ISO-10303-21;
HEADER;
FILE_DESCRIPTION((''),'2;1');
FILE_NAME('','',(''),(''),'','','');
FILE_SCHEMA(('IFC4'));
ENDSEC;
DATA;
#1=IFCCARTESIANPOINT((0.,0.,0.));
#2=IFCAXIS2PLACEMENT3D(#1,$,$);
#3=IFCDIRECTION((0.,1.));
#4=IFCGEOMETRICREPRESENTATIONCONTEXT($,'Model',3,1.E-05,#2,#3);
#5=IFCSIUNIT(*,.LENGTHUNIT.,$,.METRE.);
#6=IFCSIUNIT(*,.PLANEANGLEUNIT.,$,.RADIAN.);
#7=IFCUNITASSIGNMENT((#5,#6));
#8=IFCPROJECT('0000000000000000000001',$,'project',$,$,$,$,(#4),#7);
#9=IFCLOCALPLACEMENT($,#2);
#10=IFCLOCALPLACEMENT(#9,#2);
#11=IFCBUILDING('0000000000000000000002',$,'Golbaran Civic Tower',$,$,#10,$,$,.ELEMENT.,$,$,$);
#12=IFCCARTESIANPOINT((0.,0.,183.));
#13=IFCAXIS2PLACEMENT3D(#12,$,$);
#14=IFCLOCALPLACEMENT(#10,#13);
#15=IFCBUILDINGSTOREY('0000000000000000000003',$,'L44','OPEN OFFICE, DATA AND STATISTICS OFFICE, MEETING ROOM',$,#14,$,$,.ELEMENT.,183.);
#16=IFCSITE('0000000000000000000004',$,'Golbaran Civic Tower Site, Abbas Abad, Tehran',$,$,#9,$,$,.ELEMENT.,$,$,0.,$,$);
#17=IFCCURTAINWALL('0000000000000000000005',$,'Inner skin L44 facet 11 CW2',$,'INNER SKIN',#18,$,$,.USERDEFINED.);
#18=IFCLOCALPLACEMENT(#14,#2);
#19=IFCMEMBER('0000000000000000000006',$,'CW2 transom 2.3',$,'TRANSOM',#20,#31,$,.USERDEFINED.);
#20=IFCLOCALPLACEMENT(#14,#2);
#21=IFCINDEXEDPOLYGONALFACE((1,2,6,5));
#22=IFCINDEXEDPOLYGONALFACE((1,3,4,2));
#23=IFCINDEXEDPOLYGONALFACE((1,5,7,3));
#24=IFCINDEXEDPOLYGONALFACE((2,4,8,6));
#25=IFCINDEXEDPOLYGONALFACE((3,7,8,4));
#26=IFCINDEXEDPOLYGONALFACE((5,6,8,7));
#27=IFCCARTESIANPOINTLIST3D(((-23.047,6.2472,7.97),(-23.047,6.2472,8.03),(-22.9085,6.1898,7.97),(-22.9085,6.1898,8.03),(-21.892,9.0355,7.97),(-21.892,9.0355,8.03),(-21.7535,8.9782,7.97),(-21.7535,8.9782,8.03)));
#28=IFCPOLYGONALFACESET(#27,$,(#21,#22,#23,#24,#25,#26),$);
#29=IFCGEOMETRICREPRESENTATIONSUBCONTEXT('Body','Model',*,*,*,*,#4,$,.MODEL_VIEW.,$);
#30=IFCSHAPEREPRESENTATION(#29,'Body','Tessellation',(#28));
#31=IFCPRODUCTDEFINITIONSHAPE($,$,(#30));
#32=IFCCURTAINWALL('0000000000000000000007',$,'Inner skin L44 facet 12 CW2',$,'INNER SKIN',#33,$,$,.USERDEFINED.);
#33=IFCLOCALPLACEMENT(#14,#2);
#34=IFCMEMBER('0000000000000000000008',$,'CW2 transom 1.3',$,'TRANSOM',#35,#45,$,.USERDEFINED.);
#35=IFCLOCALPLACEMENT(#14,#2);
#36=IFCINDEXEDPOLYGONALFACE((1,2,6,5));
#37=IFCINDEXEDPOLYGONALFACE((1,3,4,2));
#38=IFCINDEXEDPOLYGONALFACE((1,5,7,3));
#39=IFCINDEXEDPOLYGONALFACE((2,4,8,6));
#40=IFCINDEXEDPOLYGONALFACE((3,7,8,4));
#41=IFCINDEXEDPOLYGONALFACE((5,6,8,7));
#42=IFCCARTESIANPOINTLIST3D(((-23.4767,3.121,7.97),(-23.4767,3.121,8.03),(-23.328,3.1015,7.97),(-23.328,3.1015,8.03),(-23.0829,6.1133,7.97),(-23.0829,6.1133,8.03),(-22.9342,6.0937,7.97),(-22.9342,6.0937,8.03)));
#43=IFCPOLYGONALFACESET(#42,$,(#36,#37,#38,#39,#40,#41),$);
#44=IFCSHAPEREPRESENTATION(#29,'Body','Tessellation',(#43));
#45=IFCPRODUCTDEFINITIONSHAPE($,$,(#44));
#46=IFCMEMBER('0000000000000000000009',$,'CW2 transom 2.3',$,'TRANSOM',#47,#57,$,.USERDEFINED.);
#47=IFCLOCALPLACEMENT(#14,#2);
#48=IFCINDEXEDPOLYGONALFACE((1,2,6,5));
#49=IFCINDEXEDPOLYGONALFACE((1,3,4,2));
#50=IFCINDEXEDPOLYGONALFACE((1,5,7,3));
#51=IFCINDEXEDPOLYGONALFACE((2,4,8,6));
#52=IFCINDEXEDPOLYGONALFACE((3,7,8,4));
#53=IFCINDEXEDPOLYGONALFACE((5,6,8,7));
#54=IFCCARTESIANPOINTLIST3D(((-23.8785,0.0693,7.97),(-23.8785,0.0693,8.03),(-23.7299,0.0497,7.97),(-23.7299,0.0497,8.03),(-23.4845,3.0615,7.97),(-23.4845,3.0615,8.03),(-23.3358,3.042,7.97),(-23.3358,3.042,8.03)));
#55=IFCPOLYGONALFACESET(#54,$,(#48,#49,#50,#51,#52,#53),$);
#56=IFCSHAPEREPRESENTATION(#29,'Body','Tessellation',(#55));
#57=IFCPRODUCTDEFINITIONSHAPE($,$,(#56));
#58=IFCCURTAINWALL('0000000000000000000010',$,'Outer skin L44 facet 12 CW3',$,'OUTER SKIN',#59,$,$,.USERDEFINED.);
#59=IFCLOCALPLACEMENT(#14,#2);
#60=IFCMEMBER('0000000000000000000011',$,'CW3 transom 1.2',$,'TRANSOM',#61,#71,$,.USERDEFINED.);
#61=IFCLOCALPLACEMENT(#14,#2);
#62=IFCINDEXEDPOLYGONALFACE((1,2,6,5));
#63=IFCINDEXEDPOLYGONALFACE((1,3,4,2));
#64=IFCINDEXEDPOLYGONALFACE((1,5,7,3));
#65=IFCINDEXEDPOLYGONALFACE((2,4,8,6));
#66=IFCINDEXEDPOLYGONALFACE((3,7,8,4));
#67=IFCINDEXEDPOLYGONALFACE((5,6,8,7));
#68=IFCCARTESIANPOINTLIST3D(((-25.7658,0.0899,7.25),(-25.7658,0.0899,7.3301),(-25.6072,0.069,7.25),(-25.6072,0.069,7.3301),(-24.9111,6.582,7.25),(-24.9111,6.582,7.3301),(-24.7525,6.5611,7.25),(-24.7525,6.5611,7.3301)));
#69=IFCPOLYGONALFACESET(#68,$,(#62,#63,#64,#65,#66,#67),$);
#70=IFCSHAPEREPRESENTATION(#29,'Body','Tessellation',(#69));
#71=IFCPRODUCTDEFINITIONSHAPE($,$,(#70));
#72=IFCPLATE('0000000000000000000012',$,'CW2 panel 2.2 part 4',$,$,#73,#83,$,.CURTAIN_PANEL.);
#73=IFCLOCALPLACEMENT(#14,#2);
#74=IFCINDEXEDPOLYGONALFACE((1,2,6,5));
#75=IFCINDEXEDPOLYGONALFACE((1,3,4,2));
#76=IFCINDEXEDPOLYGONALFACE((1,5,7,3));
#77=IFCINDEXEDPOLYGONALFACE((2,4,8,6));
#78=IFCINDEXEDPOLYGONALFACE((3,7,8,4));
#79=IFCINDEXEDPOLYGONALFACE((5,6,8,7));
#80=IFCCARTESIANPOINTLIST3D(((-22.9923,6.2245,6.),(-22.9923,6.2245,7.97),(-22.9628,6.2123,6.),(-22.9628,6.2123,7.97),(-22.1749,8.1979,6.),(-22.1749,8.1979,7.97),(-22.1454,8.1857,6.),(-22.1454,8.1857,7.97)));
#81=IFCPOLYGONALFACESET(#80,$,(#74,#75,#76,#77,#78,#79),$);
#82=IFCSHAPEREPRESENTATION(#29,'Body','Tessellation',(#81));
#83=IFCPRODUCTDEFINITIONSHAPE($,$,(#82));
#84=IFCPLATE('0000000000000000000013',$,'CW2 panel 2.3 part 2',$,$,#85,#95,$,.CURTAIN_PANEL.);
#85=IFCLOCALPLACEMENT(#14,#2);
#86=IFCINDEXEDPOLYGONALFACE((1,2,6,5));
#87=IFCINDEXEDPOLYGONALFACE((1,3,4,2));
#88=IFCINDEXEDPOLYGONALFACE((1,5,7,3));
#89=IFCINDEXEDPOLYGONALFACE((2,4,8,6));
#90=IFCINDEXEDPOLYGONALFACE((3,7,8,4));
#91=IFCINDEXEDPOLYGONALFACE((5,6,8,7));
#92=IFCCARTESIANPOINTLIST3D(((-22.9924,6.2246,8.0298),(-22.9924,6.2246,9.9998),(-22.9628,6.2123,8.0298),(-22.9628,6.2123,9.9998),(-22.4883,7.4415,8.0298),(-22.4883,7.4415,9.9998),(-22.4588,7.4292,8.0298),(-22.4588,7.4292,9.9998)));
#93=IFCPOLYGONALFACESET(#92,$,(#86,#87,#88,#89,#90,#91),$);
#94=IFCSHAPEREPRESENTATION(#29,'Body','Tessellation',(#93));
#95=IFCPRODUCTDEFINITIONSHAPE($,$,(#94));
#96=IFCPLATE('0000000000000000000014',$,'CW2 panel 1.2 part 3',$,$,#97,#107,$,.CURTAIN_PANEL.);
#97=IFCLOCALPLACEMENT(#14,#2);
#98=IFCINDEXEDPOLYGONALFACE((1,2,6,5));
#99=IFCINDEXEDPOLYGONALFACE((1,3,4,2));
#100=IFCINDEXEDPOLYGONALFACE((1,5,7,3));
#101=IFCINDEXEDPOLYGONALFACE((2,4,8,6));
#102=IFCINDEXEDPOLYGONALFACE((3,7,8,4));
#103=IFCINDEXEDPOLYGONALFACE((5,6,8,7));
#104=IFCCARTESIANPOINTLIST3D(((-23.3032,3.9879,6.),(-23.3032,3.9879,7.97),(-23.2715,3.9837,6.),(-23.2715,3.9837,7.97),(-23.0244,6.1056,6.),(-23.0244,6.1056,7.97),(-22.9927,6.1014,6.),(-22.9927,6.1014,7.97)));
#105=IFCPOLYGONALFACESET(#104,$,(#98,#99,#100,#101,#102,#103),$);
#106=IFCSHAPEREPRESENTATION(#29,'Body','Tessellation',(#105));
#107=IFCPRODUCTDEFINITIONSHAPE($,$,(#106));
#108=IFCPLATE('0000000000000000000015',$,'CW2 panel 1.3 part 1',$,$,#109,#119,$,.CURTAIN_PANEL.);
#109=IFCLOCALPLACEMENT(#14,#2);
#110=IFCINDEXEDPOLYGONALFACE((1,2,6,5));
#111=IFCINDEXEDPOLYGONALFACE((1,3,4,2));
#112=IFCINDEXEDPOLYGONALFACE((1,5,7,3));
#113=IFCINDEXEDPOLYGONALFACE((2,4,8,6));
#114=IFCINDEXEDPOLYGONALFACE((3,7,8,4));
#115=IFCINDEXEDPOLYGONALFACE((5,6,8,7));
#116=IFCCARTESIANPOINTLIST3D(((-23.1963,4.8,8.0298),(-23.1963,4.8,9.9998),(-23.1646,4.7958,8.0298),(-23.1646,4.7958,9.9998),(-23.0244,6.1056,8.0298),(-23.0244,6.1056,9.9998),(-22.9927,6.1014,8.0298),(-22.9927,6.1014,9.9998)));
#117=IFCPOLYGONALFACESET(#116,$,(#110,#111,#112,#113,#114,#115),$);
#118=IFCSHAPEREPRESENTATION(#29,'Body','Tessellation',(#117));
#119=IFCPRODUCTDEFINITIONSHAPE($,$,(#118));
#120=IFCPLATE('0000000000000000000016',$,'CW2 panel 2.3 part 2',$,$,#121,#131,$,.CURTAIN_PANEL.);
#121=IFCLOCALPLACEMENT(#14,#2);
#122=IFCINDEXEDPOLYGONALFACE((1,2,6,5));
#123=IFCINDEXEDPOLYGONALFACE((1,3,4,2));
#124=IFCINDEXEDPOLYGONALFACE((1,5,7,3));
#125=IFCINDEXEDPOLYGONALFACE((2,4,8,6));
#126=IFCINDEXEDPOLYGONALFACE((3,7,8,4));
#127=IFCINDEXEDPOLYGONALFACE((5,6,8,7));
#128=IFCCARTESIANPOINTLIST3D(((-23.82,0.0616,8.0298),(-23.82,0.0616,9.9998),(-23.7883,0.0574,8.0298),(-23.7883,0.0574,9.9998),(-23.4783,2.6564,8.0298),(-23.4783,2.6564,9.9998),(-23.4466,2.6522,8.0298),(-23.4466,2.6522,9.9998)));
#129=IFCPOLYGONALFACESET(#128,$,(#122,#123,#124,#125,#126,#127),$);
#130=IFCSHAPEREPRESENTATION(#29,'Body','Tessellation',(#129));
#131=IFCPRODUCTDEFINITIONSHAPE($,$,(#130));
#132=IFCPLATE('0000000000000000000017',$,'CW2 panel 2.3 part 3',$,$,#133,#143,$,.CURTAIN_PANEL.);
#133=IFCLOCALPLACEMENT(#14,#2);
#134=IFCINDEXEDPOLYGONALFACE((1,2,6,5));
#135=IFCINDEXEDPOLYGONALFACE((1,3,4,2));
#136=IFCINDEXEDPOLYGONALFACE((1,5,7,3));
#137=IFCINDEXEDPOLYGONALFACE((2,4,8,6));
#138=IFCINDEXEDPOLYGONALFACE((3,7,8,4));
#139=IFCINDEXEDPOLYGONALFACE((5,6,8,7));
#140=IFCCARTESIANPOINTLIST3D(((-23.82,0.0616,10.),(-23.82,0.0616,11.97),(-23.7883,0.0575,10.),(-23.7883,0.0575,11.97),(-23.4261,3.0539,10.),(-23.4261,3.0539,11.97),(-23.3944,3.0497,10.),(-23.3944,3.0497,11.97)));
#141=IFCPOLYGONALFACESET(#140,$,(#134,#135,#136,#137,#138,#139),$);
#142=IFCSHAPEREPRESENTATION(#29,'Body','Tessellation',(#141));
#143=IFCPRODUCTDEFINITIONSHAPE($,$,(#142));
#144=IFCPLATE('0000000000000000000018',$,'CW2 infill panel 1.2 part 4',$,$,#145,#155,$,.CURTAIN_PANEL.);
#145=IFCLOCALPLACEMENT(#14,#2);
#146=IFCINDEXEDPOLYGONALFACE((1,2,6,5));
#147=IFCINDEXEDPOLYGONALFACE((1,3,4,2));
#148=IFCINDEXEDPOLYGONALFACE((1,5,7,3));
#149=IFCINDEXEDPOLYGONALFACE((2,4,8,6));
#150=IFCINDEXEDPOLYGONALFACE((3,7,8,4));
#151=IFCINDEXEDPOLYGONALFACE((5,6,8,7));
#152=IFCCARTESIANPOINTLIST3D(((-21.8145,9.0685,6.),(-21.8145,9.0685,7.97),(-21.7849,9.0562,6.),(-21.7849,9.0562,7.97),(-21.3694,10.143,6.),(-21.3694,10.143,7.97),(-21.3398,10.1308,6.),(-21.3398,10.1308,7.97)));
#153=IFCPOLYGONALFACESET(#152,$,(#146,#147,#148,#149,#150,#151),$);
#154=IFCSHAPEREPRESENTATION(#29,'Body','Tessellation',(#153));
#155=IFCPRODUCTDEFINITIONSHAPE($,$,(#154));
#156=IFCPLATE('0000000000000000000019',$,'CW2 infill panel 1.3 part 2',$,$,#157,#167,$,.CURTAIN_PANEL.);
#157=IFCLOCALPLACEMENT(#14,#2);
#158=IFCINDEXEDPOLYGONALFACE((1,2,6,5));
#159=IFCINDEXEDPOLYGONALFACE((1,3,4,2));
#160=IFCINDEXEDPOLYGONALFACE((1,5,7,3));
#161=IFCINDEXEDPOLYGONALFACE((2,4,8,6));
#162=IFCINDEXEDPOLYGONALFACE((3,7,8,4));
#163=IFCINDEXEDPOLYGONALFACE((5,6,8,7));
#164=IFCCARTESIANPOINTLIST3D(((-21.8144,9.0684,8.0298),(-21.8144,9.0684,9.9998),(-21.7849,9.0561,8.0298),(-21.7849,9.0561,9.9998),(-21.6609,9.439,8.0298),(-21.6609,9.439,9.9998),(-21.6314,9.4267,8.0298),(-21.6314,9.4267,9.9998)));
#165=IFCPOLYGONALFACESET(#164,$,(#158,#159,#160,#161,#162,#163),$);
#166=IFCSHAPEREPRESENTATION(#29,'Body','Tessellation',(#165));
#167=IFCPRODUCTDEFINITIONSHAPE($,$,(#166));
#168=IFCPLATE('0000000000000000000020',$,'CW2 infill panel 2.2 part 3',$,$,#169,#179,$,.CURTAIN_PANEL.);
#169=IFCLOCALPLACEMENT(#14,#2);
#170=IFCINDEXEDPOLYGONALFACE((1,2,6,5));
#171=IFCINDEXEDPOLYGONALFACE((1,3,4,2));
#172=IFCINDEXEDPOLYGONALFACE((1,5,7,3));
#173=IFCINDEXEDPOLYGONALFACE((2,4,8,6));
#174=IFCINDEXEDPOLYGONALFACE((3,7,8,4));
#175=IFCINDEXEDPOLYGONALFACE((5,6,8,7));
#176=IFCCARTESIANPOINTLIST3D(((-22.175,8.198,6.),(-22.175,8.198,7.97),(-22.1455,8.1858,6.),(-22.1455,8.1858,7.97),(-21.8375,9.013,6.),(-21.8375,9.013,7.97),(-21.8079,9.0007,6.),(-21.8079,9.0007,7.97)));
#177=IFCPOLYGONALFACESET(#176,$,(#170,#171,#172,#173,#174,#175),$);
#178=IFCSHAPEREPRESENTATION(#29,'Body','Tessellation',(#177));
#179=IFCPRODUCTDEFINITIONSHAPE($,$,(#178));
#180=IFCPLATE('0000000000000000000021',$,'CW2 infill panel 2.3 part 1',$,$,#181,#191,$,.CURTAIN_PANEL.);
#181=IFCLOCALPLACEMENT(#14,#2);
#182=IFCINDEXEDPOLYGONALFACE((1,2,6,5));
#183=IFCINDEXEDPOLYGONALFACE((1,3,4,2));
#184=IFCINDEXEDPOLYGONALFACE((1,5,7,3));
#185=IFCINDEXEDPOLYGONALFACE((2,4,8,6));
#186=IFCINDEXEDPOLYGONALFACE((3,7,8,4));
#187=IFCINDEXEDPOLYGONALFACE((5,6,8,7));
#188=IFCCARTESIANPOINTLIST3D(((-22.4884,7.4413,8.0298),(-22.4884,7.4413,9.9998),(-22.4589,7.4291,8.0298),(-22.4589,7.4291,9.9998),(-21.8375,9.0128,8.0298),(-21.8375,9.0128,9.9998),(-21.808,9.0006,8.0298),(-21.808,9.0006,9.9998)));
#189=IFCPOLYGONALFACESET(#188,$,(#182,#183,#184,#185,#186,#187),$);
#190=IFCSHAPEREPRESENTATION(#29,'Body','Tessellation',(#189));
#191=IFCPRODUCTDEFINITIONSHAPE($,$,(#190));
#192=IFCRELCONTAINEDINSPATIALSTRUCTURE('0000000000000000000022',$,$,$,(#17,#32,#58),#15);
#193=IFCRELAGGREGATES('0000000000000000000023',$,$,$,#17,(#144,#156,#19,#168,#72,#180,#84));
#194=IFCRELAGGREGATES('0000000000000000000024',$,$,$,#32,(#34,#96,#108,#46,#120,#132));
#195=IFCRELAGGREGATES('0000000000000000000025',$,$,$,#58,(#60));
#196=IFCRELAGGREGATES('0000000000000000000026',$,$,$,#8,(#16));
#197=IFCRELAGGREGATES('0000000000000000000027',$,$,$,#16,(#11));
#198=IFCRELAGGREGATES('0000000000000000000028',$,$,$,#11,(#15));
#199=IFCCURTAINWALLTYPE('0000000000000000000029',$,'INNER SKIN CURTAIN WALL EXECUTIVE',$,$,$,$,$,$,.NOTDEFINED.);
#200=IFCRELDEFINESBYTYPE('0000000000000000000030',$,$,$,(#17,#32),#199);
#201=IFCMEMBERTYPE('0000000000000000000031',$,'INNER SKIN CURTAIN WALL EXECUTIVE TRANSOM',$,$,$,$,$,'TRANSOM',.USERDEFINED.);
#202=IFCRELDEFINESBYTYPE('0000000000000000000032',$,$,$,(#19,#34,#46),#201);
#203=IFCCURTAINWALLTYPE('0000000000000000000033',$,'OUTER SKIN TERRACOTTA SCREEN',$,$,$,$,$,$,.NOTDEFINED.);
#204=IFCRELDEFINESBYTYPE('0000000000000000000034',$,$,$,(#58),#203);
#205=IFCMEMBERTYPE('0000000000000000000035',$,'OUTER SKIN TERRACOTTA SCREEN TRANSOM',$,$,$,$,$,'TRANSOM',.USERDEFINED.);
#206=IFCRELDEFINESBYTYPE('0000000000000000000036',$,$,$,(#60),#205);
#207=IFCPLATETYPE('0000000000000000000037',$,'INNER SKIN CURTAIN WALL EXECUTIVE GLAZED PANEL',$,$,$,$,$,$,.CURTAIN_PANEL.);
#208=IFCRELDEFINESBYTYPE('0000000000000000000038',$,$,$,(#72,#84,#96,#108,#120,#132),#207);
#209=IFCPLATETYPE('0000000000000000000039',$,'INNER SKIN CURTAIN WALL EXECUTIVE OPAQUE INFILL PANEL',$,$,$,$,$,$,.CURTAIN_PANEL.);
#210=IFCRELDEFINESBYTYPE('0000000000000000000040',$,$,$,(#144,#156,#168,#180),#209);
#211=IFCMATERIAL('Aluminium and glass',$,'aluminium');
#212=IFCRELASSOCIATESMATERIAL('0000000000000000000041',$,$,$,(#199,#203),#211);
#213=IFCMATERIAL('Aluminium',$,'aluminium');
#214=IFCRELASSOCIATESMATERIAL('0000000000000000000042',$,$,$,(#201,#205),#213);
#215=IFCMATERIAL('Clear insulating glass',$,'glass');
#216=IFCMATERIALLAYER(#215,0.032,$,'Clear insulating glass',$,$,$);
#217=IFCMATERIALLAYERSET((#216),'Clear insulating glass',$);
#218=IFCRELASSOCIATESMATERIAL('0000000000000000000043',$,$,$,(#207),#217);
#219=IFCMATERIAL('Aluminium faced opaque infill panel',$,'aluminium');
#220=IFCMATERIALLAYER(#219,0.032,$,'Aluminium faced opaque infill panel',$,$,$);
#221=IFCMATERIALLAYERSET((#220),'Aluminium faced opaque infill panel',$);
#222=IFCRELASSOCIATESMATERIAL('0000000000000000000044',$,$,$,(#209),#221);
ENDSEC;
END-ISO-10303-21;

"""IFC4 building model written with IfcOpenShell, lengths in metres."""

from ifc_helpers import new_model, si_unit, direction, frame, origin, origin_2d, place, context, subcontext, project, spatial, rectangle, extrude, material, layer, layer_set, material_profile, profile_set, type_object, element, aggregate, save


model = new_model("IFC4")

# Units and contexts
model_context = context("Model", 3, precision=1e-05, world=origin(), true_north=direction((0.0, 1.0)))
body_context = subcontext(model_context, "Body", "Model", "MODEL_VIEW")
ifc_project = project(units=[si_unit("LENGTHUNIT", "METRE"), si_unit("PLANEANGLEUNIT", "RADIAN")], contexts=[model_context])

# Site, building, storey
site_placement = place(None, origin())
site = spatial("IfcSite", under=ifc_project, at=site_placement, Name="Golbaran Civic Tower Site, Abbas Abad, Tehran", CompositionType="ELEMENT", RefElevation=0.0)
building_placement = place(site_placement, origin())
building = spatial("IfcBuilding", under=site, at=building_placement, Name="Golbaran Civic Tower", CompositionType="ELEMENT")
storey_placement = place(building_placement, frame((0.0, 0.0, 183.0)))
storey = spatial("IfcBuildingStorey", under=building, at=storey_placement, Name="L44", Description="OPEN OFFICE, DATA AND STATISTICS OFFICE, MEETING ROOM", CompositionType="ELEMENT", Elevation=183.0)

# Curtain wall, member
ifc_material_1 = material(Name="Aluminium and glass", Category="aluminium")
curtain_wall_type_1 = type_object("IfcCurtainWallType", Name="INNER SKIN CURTAIN WALL EXECUTIVE", PredefinedType="NOTDEFINED", material=ifc_material_1)
curtain_wall_1_placement = place(storey_placement, origin())
curtain_wall_1 = element("IfcCurtainWall", 1, at=curtain_wall_1_placement, inside=storey, type_object=curtain_wall_type_1, Name="Inner skin L44 facet 11 CW2", ObjectType="INNER SKIN", PredefinedType="USERDEFINED")
ifc_material_2 = material(Name="Aluminium", Category="aluminium")
ifc_material_profile_1 = material_profile(ifc_material_2, rectangle(XDim=0.1499, YDim=0.0601, at=origin_2d()), Name="INNER SKIN CURTAIN WALL EXECUTIVE TRANSOM")
ifc_profile_set_1 = profile_set([ifc_material_profile_1], Name="Aluminium")
member_type_1 = type_object("IfcMemberType", Name="INNER SKIN CURTAIN WALL EXECUTIVE TRANSOM", ElementType="TRANSOM", PredefinedType="USERDEFINED", material=ifc_profile_set_1)
member_1_placement = place(storey_placement, frame((-21.8228, 9.0068, 8.0), z_axis=(-0.382702, -0.923872, 0.0), x_axis=(0.923872, -0.382702, 0.0)))
member_1 = element("IfcMember", 2, at=member_1_placement, type_object=member_type_1, Name="CW2 transom 2.3", ObjectType="TRANSOM", PredefinedType="USERDEFINED", context=body_context, shape_type="SweptSolid", body=[
    extrude(rectangle(XDim=0.1499, YDim=0.0601, at=origin_2d()), origin(), (0.0, 0.0, 1.0), 3.0181),
])

# Curtain wall, members
curtain_wall_2_placement = place(storey_placement, origin())
curtain_wall_2 = element("IfcCurtainWall", 3, at=curtain_wall_2_placement, inside=storey, type_object=curtain_wall_type_1, Name="Inner skin L44 facet 12 CW2", ObjectType="INNER SKIN", PredefinedType="USERDEFINED")
member_2_placement = place(storey_placement, frame((-23.0085, 6.1035, 8.0), z_axis=(-0.130484, -0.99145, 0.0), x_axis=(0.99145, -0.130484, 0.0)))
member_2 = element("IfcMember", 4, at=member_2_placement, type_object=member_type_1, Name="CW2 transom 1.3", ObjectType="TRANSOM", PredefinedType="USERDEFINED", context=body_context, shape_type="SweptSolid", body=[
    extrude(rectangle(XDim=0.1499, YDim=0.0601, at=origin_2d()), origin(), (0.0, 0.0, 1.0), 3.0181),
])
member_3_placement = place(storey_placement, frame((-23.4102, 3.0518, 8.0), z_axis=(-0.130563, -0.99144, 0.0), x_axis=(0.99144, -0.130563, 0.0)))
member_3 = element("IfcMember", 5, at=member_3_placement, type_object=member_type_1, Name="CW2 transom 2.3", ObjectType="TRANSOM", PredefinedType="USERDEFINED", context=body_context, shape_type="SweptSolid", body=[
    extrude(rectangle(XDim=0.1499, YDim=0.0601, at=origin_2d()), origin(), (0.0, 0.0, 1.0), 3.0181),
])

# Curtain wall, member
curtain_wall_type_2 = type_object("IfcCurtainWallType", Name="OUTER SKIN TERRACOTTA SCREEN", PredefinedType="NOTDEFINED", material=ifc_material_1)
curtain_wall_3_placement = place(storey_placement, origin())
curtain_wall_3 = element("IfcCurtainWall", 6, at=curtain_wall_3_placement, inside=storey, type_object=curtain_wall_type_2, Name="Outer skin L44 facet 12 CW3", ObjectType="OUTER SKIN", PredefinedType="USERDEFINED")
ifc_material_profile_2 = material_profile(ifc_material_2, rectangle(XDim=0.1599, YDim=0.0801, at=origin_2d()), Name="OUTER SKIN TERRACOTTA SCREEN TRANSOM")
ifc_profile_set_2 = profile_set([ifc_material_profile_2], Name="Aluminium")
member_type_2 = type_object("IfcMemberType", Name="OUTER SKIN TERRACOTTA SCREEN TRANSOM", ElementType="TRANSOM", PredefinedType="USERDEFINED", material=ifc_profile_set_2)
member_4_placement = place(storey_placement, frame((-24.8318, 6.5715, 7.29), z_axis=(-0.13053, -0.991444, 0.0), x_axis=(0.991444, -0.13053, 0.0)))
member_4 = element("IfcMember", 7, at=member_4_placement, type_object=member_type_2, Name="CW3 transom 1.2", ObjectType="TRANSOM", PredefinedType="USERDEFINED", context=body_context, shape_type="SweptSolid", body=[
    extrude(rectangle(XDim=0.1599, YDim=0.0801, at=origin_2d()), origin(), (0.0, 0.0, 1.0), 6.5481),
])

# Plates
ifc_material_3 = material(Name="Clear insulating glass", Category="glass")
ifc_layer_1 = layer(ifc_material_3, 0.032, Name="Clear insulating glass")
ifc_layer_set_1 = layer_set([ifc_layer_1], Name="Clear insulating glass")
plate_type_1 = type_object("IfcPlateType", Name="INNER SKIN CURTAIN WALL EXECUTIVE GLAZED PANEL", PredefinedType="CURTAIN_PANEL", material=ifc_layer_set_1)
plate_1_placement = place(storey_placement, frame((-22.5688, 7.2051, 6.0), z_axis=(0.0, 0.0, 1.0), x_axis=(-0.382683, -0.92388, 0.0)))
plate_1 = element("IfcPlate", 8, at=plate_1_placement, type_object=plate_type_1, Name="CW2 panel 2.2 part 4", PredefinedType="CURTAIN_PANEL", context=body_context, shape_type="SweptSolid", body=[
    extrude(rectangle(XDim=2.136, YDim=0.032, at=origin_2d()), origin(), (0.0, 0.0, 1.0), 1.97),
])
plate_2_placement = place(storey_placement, frame((-22.7256, 6.8269, 8.0298), z_axis=(0.0, 0.0, 1.0), x_axis=(-0.382683, -0.92388, 0.0)))
plate_2 = element("IfcPlate", 9, at=plate_2_placement, type_object=plate_type_1, Name="CW2 panel 2.3 part 2", PredefinedType="CURTAIN_PANEL", context=body_context, shape_type="SweptSolid", body=[
    extrude(rectangle(XDim=1.3171, YDim=0.032, at=origin_2d()), origin(), (0.0, 0.0, 1.0), 1.97),
])
plate_3_placement = place(storey_placement, frame((-23.1479, 5.0447, 6.0), z_axis=(0.0, 0.0, 1.0), x_axis=(-0.130526, -0.991445, 0.0)))
plate_3 = element("IfcPlate", 10, at=plate_3_placement, type_object=plate_type_1, Name="CW2 panel 1.2 part 3", PredefinedType="CURTAIN_PANEL", context=body_context, shape_type="SweptSolid", body=[
    extrude(rectangle(XDim=2.136, YDim=0.032, at=origin_2d()), origin(), (0.0, 0.0, 1.0), 1.97),
])
plate_4_placement = place(storey_placement, frame((-23.0945, 5.4507, 8.0298), z_axis=(0.0, 0.0, 1.0), x_axis=(-0.130526, -0.991445, 0.0)))
plate_4 = element("IfcPlate", 11, at=plate_4_placement, type_object=plate_type_1, Name="CW2 panel 1.3 part 1", PredefinedType="CURTAIN_PANEL", context=body_context, shape_type="SweptSolid", body=[
    extrude(rectangle(XDim=1.3169, YDim=0.032, at=origin_2d()), origin(), (0.0, 0.0, 1.0), 1.97),
])
plate_5_placement = place(storey_placement, frame((-23.6333, 1.3569, 8.0298), z_axis=(0.0, 0.0, 1.0), x_axis=(-0.130526, -0.991445, 0.0)))
plate_5 = element("IfcPlate", 12, at=plate_5_placement, type_object=plate_type_1, Name="CW2 panel 2.3 part 2", PredefinedType="CURTAIN_PANEL", context=body_context, shape_type="SweptSolid", body=[
    extrude(rectangle(XDim=2.6172, YDim=0.032, at=origin_2d()), origin(), (0.0, 0.0, 1.0), 1.97),
])
plate_6_placement = place(storey_placement, frame((-23.6072, 1.5557, 10.0), z_axis=(0.0, 0.0, 1.0), x_axis=(-0.130526, -0.991445, 0.0)))
plate_6 = element("IfcPlate", 13, at=plate_6_placement, type_object=plate_type_1, Name="CW2 panel 2.3 part 3", PredefinedType="CURTAIN_PANEL", context=body_context, shape_type="SweptSolid", body=[
    extrude(rectangle(XDim=3.0181, YDim=0.032, at=origin_2d()), origin(), (0.0, 0.0, 1.0), 1.97),
])
ifc_material_4 = material(Name="Aluminium faced opaque infill panel", Category="aluminium")
ifc_layer_2 = layer(ifc_material_4, 0.032, Name="Aluminium faced opaque infill panel")
ifc_layer_set_2 = layer_set([ifc_layer_2], Name="Aluminium faced opaque infill panel")
plate_type_2 = type_object("IfcPlateType", Name="INNER SKIN CURTAIN WALL EXECUTIVE OPAQUE INFILL PANEL", PredefinedType="CURTAIN_PANEL", material=ifc_layer_set_2)
plate_7_placement = place(storey_placement, frame((-21.5771, 9.5996, 6.0), z_axis=(0.0, 0.0, 1.0), x_axis=(-0.382683, -0.92388, 0.0)))
plate_7 = element("IfcPlate", 14, at=plate_7_placement, type_object=plate_type_2, Name="CW2 infill panel 1.2 part 4", PredefinedType="CURTAIN_PANEL", context=body_context, shape_type="SweptSolid", body=[
    extrude(rectangle(XDim=1.1631, YDim=0.032, at=origin_2d()), origin(), (0.0, 0.0, 1.0), 1.97),
])
plate_8_placement = place(storey_placement, frame((-21.7229, 9.2476, 8.0298), z_axis=(0.0, 0.0, 1.0), x_axis=(-0.382683, -0.92388, 0.0)))
plate_8 = element("IfcPlate", 15, at=plate_8_placement, type_object=plate_type_2, Name="CW2 infill panel 1.3 part 2", PredefinedType="CURTAIN_PANEL", context=body_context, shape_type="SweptSolid", body=[
    extrude(rectangle(XDim=0.4011, YDim=0.032, at=origin_2d()), origin(), (0.0, 0.0, 1.0), 1.97),
])
plate_9_placement = place(storey_placement, frame((-21.9915, 8.5994, 6.0), z_axis=(0.0, 0.0, 1.0), x_axis=(-0.382683, -0.92388, 0.0)))
plate_9 = element("IfcPlate", 16, at=plate_9_placement, type_object=plate_type_2, Name="CW2 infill panel 2.2 part 3", PredefinedType="CURTAIN_PANEL", context=body_context, shape_type="SweptSolid", body=[
    extrude(rectangle(XDim=0.8821, YDim=0.032, at=origin_2d()), origin(), (0.0, 0.0, 1.0), 1.97),
])
plate_10_placement = place(storey_placement, frame((-22.1482, 8.2209, 8.0298), z_axis=(0.0, 0.0, 1.0), x_axis=(-0.382683, -0.92388, 0.0)))
plate_10 = element("IfcPlate", 17, at=plate_10_placement, type_object=plate_type_2, Name="CW2 infill panel 2.3 part 1", PredefinedType="CURTAIN_PANEL", context=body_context, shape_type="SweptSolid", body=[
    extrude(rectangle(XDim=1.7009, YDim=0.032, at=origin_2d()), origin(), (0.0, 0.0, 1.0), 1.97),
])
aggregate(curtain_wall_1, [plate_7, plate_8, member_1, plate_9, plate_1, plate_10, plate_2])
aggregate(curtain_wall_2, [member_2, plate_3, plate_4, member_3, plate_5, plate_6])
aggregate(curtain_wall_3, [member_4])

save(model, "model.ifc")
